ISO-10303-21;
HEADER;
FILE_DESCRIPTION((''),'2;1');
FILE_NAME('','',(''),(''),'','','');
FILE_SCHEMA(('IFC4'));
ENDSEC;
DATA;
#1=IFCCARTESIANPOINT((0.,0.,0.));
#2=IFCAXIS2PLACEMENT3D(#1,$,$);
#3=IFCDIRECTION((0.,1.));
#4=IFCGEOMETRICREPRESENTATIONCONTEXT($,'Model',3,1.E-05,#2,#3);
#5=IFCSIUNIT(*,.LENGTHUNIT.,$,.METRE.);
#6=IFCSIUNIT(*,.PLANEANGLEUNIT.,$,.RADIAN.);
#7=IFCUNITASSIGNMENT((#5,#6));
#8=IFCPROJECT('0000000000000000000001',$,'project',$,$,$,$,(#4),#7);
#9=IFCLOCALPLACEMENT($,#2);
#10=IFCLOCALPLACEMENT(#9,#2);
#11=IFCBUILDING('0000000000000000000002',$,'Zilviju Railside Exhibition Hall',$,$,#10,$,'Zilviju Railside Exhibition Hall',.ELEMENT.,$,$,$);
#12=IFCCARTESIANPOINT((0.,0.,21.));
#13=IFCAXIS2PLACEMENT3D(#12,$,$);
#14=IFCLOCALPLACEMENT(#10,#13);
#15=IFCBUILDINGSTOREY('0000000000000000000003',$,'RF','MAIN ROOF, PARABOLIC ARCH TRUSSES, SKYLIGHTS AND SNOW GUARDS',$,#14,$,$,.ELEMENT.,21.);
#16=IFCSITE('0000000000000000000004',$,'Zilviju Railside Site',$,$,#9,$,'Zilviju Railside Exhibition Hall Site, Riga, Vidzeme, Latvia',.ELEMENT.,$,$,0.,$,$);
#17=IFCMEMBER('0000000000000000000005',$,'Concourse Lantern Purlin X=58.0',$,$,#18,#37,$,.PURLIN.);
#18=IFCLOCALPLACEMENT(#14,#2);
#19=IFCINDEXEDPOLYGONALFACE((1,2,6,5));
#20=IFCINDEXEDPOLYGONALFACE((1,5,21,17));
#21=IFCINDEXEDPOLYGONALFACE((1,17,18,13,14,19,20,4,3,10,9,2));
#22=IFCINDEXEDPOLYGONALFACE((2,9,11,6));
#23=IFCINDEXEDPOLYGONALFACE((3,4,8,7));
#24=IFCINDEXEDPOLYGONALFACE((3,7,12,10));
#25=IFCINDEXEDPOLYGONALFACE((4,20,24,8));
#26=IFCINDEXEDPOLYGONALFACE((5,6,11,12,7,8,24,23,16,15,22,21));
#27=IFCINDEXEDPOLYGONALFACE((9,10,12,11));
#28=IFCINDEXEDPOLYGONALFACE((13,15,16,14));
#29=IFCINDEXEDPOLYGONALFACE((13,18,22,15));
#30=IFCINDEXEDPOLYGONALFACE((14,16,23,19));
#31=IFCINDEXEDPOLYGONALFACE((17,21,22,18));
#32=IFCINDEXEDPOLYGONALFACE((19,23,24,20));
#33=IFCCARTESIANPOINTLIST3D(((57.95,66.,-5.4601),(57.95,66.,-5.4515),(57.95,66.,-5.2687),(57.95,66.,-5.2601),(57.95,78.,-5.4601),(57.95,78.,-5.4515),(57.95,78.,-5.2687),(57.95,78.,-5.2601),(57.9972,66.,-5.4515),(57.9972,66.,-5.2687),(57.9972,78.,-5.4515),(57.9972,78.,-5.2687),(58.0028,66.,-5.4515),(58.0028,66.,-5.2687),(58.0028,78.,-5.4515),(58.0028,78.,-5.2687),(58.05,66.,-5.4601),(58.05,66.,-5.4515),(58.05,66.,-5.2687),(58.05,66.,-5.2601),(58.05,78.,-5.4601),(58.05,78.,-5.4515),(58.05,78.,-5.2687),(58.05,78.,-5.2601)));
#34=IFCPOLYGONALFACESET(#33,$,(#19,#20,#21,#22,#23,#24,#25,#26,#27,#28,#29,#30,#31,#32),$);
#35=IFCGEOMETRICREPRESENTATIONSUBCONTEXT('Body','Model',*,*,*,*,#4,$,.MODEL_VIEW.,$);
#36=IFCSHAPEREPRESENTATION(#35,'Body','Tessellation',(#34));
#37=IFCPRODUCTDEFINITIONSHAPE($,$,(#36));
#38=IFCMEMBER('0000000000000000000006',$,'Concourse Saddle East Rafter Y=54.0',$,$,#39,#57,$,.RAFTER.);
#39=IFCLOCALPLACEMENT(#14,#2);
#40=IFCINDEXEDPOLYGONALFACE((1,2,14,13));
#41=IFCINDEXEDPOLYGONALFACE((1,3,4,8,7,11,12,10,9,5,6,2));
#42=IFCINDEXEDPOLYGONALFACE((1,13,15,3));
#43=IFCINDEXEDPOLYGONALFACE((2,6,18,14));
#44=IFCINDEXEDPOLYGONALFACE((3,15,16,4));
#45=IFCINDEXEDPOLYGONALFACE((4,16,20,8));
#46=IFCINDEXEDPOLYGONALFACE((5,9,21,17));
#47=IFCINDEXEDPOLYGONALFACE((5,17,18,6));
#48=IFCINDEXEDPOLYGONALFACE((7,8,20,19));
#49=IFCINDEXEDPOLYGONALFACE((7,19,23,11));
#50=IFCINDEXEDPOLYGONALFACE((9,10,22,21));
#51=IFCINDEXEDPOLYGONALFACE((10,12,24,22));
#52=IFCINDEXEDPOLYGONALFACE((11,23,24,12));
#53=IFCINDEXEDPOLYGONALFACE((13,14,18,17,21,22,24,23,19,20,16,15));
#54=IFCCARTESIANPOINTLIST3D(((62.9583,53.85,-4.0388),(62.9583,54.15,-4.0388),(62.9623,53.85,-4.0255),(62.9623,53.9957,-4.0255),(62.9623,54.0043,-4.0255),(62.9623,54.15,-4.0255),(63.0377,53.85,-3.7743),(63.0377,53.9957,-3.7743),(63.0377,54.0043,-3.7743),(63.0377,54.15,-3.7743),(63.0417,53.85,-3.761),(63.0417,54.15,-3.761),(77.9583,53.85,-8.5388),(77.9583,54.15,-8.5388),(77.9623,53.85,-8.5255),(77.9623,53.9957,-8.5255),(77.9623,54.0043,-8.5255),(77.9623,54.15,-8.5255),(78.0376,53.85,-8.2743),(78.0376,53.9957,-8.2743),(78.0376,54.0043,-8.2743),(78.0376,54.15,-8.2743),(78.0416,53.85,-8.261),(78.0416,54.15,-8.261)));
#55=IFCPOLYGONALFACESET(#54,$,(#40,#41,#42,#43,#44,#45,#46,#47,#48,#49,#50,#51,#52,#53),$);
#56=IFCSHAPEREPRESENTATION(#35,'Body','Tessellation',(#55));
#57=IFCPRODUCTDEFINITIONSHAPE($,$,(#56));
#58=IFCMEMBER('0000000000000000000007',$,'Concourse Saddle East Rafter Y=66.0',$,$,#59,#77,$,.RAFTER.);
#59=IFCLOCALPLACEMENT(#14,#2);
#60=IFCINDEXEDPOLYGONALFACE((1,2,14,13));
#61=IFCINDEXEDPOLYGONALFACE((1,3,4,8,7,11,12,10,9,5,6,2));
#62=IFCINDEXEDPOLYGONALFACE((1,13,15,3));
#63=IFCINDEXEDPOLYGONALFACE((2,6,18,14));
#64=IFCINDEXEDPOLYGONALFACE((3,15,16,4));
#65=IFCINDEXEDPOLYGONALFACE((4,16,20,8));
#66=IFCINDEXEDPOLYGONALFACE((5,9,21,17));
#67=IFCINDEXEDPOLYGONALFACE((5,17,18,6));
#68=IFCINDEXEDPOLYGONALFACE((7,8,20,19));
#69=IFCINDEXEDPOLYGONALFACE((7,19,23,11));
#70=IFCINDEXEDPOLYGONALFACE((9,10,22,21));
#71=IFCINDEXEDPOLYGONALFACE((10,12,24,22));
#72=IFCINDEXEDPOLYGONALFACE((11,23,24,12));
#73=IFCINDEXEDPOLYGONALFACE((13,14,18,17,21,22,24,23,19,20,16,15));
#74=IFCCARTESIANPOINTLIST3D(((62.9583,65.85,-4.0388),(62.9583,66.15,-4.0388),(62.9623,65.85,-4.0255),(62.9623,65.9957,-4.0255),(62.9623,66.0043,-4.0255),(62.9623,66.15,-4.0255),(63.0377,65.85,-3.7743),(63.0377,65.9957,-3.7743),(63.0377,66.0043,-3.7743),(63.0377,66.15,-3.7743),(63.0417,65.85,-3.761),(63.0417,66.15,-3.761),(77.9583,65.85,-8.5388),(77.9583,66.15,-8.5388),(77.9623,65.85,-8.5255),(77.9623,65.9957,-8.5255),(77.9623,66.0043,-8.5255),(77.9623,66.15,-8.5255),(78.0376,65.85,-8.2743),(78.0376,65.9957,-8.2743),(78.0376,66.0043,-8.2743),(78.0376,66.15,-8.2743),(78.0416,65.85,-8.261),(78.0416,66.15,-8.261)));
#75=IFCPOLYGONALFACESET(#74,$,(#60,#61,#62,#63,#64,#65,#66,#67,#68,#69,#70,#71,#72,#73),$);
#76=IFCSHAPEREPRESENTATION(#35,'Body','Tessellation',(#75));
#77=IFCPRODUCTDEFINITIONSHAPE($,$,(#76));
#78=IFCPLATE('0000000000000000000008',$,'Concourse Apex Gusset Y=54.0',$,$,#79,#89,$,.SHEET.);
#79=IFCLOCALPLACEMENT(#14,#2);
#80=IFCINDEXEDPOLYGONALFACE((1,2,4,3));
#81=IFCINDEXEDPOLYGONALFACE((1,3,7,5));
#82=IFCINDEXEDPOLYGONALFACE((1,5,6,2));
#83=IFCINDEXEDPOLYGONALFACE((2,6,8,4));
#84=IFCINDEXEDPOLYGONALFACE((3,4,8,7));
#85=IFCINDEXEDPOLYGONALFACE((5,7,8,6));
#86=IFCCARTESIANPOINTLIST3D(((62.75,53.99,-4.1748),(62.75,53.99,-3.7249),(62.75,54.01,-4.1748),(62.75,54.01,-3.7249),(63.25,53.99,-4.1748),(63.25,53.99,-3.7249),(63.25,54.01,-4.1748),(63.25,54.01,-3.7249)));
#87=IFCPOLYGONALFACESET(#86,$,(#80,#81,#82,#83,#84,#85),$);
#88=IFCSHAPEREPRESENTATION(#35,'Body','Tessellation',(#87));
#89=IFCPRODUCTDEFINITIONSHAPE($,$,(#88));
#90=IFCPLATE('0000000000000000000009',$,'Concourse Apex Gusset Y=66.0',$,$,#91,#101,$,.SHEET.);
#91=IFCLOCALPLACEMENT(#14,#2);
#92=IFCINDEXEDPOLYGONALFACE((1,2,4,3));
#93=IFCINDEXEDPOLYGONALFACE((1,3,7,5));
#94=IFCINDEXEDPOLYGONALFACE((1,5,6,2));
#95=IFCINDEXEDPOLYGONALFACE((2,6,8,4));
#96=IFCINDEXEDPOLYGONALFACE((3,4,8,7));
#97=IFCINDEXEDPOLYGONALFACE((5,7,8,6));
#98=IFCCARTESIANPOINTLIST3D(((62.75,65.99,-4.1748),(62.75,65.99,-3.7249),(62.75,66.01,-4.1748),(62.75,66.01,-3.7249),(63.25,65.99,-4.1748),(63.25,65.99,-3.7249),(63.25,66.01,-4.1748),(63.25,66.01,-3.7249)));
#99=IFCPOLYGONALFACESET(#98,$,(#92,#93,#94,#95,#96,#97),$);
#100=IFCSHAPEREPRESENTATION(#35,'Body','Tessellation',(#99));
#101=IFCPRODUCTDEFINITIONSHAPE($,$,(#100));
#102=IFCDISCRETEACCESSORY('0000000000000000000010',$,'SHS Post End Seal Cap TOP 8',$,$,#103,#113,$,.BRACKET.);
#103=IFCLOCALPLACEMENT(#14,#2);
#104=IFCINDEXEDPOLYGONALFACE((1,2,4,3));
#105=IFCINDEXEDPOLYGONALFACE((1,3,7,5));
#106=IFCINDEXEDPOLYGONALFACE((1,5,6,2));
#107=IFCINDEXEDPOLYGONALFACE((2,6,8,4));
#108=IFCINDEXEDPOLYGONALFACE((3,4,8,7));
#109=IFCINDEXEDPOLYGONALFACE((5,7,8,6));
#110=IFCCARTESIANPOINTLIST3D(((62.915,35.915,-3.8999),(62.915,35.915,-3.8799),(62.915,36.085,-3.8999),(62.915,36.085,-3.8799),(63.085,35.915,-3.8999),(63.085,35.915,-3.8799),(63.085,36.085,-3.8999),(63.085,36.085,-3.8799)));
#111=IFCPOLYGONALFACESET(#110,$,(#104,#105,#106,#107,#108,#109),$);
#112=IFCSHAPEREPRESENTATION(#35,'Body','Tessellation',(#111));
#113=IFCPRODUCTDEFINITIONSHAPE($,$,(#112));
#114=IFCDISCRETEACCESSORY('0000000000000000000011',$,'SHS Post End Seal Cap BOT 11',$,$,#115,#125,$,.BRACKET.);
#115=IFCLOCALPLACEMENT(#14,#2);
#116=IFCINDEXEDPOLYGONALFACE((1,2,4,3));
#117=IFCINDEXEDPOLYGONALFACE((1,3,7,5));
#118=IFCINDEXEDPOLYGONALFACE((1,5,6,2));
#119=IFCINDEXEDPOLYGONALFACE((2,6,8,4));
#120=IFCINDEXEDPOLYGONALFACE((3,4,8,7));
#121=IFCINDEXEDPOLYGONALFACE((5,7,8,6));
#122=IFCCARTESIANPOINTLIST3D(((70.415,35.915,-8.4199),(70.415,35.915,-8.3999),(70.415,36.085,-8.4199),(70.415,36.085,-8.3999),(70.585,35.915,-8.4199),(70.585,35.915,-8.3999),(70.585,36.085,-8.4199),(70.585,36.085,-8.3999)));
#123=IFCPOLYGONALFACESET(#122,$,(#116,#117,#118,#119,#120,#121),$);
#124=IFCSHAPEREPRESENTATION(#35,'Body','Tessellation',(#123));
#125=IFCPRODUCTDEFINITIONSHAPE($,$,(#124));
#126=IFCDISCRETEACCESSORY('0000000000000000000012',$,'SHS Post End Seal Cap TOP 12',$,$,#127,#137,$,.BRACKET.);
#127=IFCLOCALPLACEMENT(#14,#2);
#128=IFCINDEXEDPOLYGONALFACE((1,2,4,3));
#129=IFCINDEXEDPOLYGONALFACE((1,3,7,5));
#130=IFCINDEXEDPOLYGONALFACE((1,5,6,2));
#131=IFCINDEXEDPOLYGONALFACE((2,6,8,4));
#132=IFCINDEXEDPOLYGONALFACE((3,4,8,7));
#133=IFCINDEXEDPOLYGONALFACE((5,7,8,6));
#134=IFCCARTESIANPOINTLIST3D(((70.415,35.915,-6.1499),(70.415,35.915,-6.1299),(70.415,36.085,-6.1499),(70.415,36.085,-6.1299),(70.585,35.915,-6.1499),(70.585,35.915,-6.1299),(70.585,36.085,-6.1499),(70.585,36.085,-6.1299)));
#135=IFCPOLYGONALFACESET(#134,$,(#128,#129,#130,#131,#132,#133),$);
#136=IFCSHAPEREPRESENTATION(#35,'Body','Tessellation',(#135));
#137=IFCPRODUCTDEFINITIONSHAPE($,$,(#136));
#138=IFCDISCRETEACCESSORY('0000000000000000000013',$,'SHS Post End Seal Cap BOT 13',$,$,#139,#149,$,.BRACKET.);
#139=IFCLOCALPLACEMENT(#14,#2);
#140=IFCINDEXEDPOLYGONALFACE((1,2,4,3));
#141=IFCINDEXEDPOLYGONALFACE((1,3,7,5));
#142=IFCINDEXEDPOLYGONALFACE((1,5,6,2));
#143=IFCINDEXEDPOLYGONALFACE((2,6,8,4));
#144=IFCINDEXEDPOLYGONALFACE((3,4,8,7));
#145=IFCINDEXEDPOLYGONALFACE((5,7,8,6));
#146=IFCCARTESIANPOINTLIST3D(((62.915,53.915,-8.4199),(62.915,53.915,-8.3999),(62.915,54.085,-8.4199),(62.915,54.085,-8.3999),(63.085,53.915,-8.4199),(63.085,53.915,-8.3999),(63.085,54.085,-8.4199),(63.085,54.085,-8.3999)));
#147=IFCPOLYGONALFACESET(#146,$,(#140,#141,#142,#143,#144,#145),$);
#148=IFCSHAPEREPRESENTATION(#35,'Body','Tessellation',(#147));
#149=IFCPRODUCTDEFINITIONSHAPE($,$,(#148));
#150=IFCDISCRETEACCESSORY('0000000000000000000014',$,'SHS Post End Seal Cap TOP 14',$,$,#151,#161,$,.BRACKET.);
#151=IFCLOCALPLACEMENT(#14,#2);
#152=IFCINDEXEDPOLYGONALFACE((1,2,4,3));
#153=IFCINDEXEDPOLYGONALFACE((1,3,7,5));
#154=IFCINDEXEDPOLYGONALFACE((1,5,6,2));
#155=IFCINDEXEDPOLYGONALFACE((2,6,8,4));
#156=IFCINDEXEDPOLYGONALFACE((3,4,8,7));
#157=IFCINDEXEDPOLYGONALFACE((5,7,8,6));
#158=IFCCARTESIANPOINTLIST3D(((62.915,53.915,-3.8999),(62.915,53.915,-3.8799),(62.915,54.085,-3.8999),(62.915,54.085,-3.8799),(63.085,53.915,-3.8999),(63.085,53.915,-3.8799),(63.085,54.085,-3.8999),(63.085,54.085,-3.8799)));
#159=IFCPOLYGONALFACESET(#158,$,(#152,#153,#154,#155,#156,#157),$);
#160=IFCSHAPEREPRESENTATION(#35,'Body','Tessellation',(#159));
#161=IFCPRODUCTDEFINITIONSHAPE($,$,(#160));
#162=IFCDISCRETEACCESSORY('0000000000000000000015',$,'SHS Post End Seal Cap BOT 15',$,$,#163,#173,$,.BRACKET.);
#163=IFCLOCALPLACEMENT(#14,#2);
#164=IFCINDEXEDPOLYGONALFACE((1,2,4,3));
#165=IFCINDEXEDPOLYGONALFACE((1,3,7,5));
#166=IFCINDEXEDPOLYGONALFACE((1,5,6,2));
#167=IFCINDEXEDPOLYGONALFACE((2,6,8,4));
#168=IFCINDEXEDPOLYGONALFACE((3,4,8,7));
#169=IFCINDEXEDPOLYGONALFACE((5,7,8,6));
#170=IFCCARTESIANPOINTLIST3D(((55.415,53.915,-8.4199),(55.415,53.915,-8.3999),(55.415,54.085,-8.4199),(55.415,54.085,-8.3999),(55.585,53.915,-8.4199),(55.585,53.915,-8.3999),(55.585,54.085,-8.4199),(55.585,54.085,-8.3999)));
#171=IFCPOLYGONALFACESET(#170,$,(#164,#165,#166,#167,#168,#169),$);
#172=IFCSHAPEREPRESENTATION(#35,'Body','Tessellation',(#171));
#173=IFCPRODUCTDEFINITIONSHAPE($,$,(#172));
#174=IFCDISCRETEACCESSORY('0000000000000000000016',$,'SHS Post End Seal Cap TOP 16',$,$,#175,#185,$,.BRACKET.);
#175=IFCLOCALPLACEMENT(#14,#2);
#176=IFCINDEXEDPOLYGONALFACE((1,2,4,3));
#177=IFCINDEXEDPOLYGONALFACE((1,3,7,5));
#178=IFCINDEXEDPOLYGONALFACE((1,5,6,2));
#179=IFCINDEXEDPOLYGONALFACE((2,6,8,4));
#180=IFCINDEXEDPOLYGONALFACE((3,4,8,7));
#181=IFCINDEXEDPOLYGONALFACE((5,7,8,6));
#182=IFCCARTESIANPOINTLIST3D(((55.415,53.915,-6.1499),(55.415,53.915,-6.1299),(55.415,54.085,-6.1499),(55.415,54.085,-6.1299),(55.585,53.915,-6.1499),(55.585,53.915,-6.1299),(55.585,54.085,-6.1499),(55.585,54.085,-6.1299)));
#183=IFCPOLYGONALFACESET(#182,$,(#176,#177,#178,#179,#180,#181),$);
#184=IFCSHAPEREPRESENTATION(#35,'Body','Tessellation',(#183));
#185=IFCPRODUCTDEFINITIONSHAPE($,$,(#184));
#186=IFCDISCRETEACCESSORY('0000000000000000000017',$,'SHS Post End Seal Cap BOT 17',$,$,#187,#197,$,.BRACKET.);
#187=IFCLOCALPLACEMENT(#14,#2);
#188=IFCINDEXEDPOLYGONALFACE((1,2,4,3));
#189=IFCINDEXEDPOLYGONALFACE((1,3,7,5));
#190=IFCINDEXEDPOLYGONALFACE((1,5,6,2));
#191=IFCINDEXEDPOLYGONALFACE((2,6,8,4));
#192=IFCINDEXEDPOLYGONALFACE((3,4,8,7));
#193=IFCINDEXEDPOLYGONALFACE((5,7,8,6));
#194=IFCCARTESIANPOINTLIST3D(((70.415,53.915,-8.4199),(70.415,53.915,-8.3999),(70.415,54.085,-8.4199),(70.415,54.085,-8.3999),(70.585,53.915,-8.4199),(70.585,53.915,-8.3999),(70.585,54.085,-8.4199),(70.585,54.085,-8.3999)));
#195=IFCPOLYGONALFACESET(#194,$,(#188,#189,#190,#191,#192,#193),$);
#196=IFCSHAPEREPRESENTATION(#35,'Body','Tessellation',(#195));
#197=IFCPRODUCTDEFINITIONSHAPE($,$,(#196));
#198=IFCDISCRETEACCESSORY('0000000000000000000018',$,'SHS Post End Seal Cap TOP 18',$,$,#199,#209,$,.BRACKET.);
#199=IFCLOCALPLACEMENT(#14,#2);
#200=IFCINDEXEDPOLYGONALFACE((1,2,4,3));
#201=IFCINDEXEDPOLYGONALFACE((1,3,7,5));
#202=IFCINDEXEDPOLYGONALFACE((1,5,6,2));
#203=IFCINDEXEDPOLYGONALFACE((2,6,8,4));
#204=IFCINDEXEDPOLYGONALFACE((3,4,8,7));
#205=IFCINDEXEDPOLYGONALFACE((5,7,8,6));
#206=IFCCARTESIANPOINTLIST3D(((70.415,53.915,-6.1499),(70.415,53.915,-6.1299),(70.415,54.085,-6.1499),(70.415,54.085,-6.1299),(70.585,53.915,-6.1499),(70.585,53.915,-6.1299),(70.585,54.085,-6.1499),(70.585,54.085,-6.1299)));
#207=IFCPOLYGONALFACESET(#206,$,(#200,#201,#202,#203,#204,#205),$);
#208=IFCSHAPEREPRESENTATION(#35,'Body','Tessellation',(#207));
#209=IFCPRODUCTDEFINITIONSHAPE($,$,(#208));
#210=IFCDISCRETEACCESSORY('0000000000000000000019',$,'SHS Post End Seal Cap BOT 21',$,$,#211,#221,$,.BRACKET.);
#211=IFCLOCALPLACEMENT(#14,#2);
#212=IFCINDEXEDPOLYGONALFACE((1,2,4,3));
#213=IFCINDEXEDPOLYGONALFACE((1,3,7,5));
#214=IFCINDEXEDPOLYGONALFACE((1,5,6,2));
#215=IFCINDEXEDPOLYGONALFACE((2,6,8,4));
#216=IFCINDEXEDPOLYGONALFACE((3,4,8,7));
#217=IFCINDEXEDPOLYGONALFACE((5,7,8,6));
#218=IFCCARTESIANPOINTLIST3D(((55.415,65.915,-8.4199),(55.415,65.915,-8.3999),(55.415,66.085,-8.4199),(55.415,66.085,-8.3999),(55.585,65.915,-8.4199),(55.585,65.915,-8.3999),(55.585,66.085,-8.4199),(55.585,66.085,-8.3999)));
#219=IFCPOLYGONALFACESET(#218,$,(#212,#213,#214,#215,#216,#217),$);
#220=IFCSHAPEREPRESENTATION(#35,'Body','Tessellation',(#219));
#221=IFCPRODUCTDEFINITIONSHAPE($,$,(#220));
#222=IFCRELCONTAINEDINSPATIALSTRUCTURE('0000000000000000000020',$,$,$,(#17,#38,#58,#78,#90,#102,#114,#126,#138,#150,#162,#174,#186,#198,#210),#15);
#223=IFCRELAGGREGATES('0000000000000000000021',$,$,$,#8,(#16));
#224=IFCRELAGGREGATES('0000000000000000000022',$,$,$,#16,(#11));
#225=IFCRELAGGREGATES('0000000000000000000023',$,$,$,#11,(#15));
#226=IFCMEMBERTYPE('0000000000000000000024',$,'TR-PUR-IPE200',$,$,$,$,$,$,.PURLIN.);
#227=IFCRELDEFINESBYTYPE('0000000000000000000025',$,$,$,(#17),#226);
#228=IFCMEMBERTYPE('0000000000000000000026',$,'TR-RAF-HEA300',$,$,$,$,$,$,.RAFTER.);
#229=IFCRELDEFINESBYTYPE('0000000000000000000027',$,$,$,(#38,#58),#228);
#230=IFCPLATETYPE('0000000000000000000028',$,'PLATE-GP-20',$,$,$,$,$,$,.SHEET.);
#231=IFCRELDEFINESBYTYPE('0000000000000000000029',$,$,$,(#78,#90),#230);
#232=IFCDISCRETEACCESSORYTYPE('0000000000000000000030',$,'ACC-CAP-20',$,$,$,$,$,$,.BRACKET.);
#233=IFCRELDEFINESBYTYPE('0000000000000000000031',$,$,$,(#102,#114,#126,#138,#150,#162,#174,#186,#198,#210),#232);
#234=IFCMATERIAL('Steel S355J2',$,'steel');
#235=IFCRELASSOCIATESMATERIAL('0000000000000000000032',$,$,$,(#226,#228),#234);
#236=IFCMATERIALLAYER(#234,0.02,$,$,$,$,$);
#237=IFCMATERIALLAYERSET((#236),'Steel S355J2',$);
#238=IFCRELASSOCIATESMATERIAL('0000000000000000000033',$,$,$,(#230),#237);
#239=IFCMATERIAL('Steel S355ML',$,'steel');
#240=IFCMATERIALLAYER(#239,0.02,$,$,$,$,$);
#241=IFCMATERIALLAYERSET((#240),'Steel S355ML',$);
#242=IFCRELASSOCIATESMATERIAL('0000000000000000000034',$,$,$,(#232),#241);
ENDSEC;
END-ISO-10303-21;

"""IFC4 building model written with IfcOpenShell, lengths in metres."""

from ifc_helpers import new_model, si_unit, direction, frame, origin, origin_2d, place, context, subcontext, project, spatial, rectangle, i_section, extrude, material, layer, layer_set, material_profile, profile_set, type_object, element, save


model = new_model("IFC4")

# Units and contexts
model_context = context("Model", 3, precision=1e-05, world=origin(), true_north=direction((0.0, 1.0)))
body_context = subcontext(model_context, "Body", "Model", "MODEL_VIEW")
ifc_project = project(units=[si_unit("LENGTHUNIT", "METRE"), si_unit("PLANEANGLEUNIT", "RADIAN")], contexts=[model_context])

# Site, building, storey
site_placement = place(None, origin())
site = spatial("IfcSite", under=ifc_project, at=site_placement, Name="Zilviju Railside Site", LongName="Zilviju Railside Exhibition Hall Site, Riga, Vidzeme, Latvia", CompositionType="ELEMENT", RefElevation=0.0)
building_placement = place(site_placement, origin())
building = spatial("IfcBuilding", under=site, at=building_placement, Name="Zilviju Railside Exhibition Hall", LongName="Zilviju Railside Exhibition Hall", CompositionType="ELEMENT")
storey_placement = place(building_placement, frame((0.0, 0.0, 21.0)))
storey = spatial("IfcBuildingStorey", under=building, at=storey_placement, Name="RF", Description="MAIN ROOF, PARABOLIC ARCH TRUSSES, SKYLIGHTS AND SNOW GUARDS", CompositionType="ELEMENT", Elevation=21.0)

# Members
ifc_material_1 = material(Name="Steel S355J2", Category="steel")
ifc_material_profile_1 = material_profile(ifc_material_1, i_section(OverallWidth=0.1001, OverallDepth=0.2, WebThickness=0.0056, FlangeThickness=0.0085, at=origin_2d()), Name="IPE 200")
ifc_profile_set_1 = profile_set([ifc_material_profile_1], Name="Steel S355J2")
member_type_1 = type_object("IfcMemberType", Name="TR-PUR-IPE200", PredefinedType="PURLIN", material=ifc_profile_set_1)
for number, where, z_axis, x_axis, name in (
    (1, (58.0, 66.0, -5.3601), (0.0, 1.0, 0.0), (-1.0, 0.0, 0.0), "Concourse Lantern Purlin X=58.0"),
):
    element("IfcMember", number, at=place(storey_placement, frame(where, z_axis=z_axis, x_axis=x_axis)), inside=storey, type_object=member_type_1, Name=name, PredefinedType="PURLIN", context=body_context, shape_type="SweptSolid", body=[
        extrude(i_section(OverallWidth=0.1001, OverallDepth=0.2, WebThickness=0.0056, FlangeThickness=0.0085, at=origin_2d()), origin(), (0.0, 0.0, 1.0), 12.0),
    ])
ifc_material_profile_2 = material_profile(ifc_material_1, i_section(OverallWidth=0.3, OverallDepth=0.29, WebThickness=0.0085, FlangeThickness=0.0139, at=origin_2d()), Name="HEA 300")
ifc_profile_set_2 = profile_set([ifc_material_profile_2], Name="Steel S355J2")
member_type_2 = type_object("IfcMemberType", Name="TR-RAF-HEA300", PredefinedType="RAFTER", material=ifc_profile_set_2)
for number, where, z_axis, x_axis, name in (
    (2, (63.0, 54.0, -3.8999), (0.957826, 0.0, -0.287348), (0.0, 1.0, 0.0), "Concourse Saddle East Rafter Y=54.0"),
    (3, (63.0, 66.0, -3.8999), (0.957826, 0.0, -0.287348), (0.0, 1.0, 0.0), "Concourse Saddle East Rafter Y=66.0"),
):
    element("IfcMember", number, at=place(storey_placement, frame(where, z_axis=z_axis, x_axis=x_axis)), inside=storey, type_object=member_type_2, Name=name, PredefinedType="RAFTER", context=body_context, shape_type="SweptSolid", body=[
        extrude(i_section(OverallWidth=0.3, OverallDepth=0.29, WebThickness=0.0085, FlangeThickness=0.0139, at=origin_2d()), origin(), (0.0, 0.0, 1.0), 15.6604),
    ])

# Plates
ifc_layer_1 = layer(ifc_material_1, 0.02)
ifc_layer_set_1 = layer_set([ifc_layer_1], Name="Steel S355J2")
plate_type = type_object("IfcPlateType", Name="PLATE-GP-20", PredefinedType="SHEET", material=ifc_layer_set_1)
for number, where, z_axis, x_axis, name in (
    (4, (63.0, 54.0, -4.1748), (0.0, 0.0, 1.0), (1.0, 0.0, 0.0), "Concourse Apex Gusset Y=54.0"),
    (5, (63.0, 66.0, -4.1748), (0.0, 0.0, 1.0), (1.0, 0.0, 0.0), "Concourse Apex Gusset Y=66.0"),
):
    element("IfcPlate", number, at=place(storey_placement, frame(where, z_axis=z_axis, x_axis=x_axis)), inside=storey, type_object=plate_type, Name=name, PredefinedType="SHEET", context=body_context, shape_type="SweptSolid", body=[
        extrude(rectangle(XDim=0.5, YDim=0.02, at=origin_2d()), origin(), (0.0, 0.0, 1.0), 0.45),
    ])

# Discrete accessories
ifc_material_2 = material(Name="Steel S355ML", Category="steel")
ifc_layer_2 = layer(ifc_material_2, 0.02)
ifc_layer_set_2 = layer_set([ifc_layer_2], Name="Steel S355ML")
discrete_accessory_type = type_object("IfcDiscreteAccessoryType", Name="ACC-CAP-20", PredefinedType="BRACKET", material=ifc_layer_set_2)
for number, where, z_axis, x_axis, name in (
    (6, (63.0, 36.0, -3.8999), (0.0, 0.0, 1.0), (1.0, 0.0, 0.0), "SHS Post End Seal Cap TOP 8"),
    (7, (70.5, 36.0, -8.4199), (0.0, 0.0, 1.0), (1.0, 0.0, 0.0), "SHS Post End Seal Cap BOT 11"),
    (8, (70.5, 36.0, -6.1499), (0.0, 0.0, 1.0), (1.0, 0.0, 0.0), "SHS Post End Seal Cap TOP 12"),
    (9, (63.0, 54.0, -8.4199), (0.0, 0.0, 1.0), (1.0, 0.0, 0.0), "SHS Post End Seal Cap BOT 13"),
    (10, (63.0, 54.0, -3.8999), (0.0, 0.0, 1.0), (1.0, 0.0, 0.0), "SHS Post End Seal Cap TOP 14"),
    (11, (55.5, 54.0, -8.4199), (0.0, 0.0, 1.0), (1.0, 0.0, 0.0), "SHS Post End Seal Cap BOT 15"),
    (12, (55.5, 54.0, -6.1499), (0.0, 0.0, 1.0), (1.0, 0.0, 0.0), "SHS Post End Seal Cap TOP 16"),
    (13, (70.5, 54.0, -8.4199), (0.0, 0.0, 1.0), (1.0, 0.0, 0.0), "SHS Post End Seal Cap BOT 17"),
    (14, (70.5, 54.0, -6.1499), (0.0, 0.0, 1.0), (1.0, 0.0, 0.0), "SHS Post End Seal Cap TOP 18"),
    (15, (55.5, 66.0, -8.4199), (0.0, 0.0, 1.0), (1.0, 0.0, 0.0), "SHS Post End Seal Cap BOT 21"),
):
    element("IfcDiscreteAccessory", number, at=place(storey_placement, frame(where, z_axis=z_axis, x_axis=x_axis)), inside=storey, type_object=discrete_accessory_type, Name=name, PredefinedType="BRACKET", context=body_context, shape_type="SweptSolid", body=[
        extrude(rectangle(XDim=0.1699, YDim=0.1699, at=origin_2d()), origin(), (0.0, 0.0, 1.0), 0.02),
    ])

save(model, "model.ifc")
